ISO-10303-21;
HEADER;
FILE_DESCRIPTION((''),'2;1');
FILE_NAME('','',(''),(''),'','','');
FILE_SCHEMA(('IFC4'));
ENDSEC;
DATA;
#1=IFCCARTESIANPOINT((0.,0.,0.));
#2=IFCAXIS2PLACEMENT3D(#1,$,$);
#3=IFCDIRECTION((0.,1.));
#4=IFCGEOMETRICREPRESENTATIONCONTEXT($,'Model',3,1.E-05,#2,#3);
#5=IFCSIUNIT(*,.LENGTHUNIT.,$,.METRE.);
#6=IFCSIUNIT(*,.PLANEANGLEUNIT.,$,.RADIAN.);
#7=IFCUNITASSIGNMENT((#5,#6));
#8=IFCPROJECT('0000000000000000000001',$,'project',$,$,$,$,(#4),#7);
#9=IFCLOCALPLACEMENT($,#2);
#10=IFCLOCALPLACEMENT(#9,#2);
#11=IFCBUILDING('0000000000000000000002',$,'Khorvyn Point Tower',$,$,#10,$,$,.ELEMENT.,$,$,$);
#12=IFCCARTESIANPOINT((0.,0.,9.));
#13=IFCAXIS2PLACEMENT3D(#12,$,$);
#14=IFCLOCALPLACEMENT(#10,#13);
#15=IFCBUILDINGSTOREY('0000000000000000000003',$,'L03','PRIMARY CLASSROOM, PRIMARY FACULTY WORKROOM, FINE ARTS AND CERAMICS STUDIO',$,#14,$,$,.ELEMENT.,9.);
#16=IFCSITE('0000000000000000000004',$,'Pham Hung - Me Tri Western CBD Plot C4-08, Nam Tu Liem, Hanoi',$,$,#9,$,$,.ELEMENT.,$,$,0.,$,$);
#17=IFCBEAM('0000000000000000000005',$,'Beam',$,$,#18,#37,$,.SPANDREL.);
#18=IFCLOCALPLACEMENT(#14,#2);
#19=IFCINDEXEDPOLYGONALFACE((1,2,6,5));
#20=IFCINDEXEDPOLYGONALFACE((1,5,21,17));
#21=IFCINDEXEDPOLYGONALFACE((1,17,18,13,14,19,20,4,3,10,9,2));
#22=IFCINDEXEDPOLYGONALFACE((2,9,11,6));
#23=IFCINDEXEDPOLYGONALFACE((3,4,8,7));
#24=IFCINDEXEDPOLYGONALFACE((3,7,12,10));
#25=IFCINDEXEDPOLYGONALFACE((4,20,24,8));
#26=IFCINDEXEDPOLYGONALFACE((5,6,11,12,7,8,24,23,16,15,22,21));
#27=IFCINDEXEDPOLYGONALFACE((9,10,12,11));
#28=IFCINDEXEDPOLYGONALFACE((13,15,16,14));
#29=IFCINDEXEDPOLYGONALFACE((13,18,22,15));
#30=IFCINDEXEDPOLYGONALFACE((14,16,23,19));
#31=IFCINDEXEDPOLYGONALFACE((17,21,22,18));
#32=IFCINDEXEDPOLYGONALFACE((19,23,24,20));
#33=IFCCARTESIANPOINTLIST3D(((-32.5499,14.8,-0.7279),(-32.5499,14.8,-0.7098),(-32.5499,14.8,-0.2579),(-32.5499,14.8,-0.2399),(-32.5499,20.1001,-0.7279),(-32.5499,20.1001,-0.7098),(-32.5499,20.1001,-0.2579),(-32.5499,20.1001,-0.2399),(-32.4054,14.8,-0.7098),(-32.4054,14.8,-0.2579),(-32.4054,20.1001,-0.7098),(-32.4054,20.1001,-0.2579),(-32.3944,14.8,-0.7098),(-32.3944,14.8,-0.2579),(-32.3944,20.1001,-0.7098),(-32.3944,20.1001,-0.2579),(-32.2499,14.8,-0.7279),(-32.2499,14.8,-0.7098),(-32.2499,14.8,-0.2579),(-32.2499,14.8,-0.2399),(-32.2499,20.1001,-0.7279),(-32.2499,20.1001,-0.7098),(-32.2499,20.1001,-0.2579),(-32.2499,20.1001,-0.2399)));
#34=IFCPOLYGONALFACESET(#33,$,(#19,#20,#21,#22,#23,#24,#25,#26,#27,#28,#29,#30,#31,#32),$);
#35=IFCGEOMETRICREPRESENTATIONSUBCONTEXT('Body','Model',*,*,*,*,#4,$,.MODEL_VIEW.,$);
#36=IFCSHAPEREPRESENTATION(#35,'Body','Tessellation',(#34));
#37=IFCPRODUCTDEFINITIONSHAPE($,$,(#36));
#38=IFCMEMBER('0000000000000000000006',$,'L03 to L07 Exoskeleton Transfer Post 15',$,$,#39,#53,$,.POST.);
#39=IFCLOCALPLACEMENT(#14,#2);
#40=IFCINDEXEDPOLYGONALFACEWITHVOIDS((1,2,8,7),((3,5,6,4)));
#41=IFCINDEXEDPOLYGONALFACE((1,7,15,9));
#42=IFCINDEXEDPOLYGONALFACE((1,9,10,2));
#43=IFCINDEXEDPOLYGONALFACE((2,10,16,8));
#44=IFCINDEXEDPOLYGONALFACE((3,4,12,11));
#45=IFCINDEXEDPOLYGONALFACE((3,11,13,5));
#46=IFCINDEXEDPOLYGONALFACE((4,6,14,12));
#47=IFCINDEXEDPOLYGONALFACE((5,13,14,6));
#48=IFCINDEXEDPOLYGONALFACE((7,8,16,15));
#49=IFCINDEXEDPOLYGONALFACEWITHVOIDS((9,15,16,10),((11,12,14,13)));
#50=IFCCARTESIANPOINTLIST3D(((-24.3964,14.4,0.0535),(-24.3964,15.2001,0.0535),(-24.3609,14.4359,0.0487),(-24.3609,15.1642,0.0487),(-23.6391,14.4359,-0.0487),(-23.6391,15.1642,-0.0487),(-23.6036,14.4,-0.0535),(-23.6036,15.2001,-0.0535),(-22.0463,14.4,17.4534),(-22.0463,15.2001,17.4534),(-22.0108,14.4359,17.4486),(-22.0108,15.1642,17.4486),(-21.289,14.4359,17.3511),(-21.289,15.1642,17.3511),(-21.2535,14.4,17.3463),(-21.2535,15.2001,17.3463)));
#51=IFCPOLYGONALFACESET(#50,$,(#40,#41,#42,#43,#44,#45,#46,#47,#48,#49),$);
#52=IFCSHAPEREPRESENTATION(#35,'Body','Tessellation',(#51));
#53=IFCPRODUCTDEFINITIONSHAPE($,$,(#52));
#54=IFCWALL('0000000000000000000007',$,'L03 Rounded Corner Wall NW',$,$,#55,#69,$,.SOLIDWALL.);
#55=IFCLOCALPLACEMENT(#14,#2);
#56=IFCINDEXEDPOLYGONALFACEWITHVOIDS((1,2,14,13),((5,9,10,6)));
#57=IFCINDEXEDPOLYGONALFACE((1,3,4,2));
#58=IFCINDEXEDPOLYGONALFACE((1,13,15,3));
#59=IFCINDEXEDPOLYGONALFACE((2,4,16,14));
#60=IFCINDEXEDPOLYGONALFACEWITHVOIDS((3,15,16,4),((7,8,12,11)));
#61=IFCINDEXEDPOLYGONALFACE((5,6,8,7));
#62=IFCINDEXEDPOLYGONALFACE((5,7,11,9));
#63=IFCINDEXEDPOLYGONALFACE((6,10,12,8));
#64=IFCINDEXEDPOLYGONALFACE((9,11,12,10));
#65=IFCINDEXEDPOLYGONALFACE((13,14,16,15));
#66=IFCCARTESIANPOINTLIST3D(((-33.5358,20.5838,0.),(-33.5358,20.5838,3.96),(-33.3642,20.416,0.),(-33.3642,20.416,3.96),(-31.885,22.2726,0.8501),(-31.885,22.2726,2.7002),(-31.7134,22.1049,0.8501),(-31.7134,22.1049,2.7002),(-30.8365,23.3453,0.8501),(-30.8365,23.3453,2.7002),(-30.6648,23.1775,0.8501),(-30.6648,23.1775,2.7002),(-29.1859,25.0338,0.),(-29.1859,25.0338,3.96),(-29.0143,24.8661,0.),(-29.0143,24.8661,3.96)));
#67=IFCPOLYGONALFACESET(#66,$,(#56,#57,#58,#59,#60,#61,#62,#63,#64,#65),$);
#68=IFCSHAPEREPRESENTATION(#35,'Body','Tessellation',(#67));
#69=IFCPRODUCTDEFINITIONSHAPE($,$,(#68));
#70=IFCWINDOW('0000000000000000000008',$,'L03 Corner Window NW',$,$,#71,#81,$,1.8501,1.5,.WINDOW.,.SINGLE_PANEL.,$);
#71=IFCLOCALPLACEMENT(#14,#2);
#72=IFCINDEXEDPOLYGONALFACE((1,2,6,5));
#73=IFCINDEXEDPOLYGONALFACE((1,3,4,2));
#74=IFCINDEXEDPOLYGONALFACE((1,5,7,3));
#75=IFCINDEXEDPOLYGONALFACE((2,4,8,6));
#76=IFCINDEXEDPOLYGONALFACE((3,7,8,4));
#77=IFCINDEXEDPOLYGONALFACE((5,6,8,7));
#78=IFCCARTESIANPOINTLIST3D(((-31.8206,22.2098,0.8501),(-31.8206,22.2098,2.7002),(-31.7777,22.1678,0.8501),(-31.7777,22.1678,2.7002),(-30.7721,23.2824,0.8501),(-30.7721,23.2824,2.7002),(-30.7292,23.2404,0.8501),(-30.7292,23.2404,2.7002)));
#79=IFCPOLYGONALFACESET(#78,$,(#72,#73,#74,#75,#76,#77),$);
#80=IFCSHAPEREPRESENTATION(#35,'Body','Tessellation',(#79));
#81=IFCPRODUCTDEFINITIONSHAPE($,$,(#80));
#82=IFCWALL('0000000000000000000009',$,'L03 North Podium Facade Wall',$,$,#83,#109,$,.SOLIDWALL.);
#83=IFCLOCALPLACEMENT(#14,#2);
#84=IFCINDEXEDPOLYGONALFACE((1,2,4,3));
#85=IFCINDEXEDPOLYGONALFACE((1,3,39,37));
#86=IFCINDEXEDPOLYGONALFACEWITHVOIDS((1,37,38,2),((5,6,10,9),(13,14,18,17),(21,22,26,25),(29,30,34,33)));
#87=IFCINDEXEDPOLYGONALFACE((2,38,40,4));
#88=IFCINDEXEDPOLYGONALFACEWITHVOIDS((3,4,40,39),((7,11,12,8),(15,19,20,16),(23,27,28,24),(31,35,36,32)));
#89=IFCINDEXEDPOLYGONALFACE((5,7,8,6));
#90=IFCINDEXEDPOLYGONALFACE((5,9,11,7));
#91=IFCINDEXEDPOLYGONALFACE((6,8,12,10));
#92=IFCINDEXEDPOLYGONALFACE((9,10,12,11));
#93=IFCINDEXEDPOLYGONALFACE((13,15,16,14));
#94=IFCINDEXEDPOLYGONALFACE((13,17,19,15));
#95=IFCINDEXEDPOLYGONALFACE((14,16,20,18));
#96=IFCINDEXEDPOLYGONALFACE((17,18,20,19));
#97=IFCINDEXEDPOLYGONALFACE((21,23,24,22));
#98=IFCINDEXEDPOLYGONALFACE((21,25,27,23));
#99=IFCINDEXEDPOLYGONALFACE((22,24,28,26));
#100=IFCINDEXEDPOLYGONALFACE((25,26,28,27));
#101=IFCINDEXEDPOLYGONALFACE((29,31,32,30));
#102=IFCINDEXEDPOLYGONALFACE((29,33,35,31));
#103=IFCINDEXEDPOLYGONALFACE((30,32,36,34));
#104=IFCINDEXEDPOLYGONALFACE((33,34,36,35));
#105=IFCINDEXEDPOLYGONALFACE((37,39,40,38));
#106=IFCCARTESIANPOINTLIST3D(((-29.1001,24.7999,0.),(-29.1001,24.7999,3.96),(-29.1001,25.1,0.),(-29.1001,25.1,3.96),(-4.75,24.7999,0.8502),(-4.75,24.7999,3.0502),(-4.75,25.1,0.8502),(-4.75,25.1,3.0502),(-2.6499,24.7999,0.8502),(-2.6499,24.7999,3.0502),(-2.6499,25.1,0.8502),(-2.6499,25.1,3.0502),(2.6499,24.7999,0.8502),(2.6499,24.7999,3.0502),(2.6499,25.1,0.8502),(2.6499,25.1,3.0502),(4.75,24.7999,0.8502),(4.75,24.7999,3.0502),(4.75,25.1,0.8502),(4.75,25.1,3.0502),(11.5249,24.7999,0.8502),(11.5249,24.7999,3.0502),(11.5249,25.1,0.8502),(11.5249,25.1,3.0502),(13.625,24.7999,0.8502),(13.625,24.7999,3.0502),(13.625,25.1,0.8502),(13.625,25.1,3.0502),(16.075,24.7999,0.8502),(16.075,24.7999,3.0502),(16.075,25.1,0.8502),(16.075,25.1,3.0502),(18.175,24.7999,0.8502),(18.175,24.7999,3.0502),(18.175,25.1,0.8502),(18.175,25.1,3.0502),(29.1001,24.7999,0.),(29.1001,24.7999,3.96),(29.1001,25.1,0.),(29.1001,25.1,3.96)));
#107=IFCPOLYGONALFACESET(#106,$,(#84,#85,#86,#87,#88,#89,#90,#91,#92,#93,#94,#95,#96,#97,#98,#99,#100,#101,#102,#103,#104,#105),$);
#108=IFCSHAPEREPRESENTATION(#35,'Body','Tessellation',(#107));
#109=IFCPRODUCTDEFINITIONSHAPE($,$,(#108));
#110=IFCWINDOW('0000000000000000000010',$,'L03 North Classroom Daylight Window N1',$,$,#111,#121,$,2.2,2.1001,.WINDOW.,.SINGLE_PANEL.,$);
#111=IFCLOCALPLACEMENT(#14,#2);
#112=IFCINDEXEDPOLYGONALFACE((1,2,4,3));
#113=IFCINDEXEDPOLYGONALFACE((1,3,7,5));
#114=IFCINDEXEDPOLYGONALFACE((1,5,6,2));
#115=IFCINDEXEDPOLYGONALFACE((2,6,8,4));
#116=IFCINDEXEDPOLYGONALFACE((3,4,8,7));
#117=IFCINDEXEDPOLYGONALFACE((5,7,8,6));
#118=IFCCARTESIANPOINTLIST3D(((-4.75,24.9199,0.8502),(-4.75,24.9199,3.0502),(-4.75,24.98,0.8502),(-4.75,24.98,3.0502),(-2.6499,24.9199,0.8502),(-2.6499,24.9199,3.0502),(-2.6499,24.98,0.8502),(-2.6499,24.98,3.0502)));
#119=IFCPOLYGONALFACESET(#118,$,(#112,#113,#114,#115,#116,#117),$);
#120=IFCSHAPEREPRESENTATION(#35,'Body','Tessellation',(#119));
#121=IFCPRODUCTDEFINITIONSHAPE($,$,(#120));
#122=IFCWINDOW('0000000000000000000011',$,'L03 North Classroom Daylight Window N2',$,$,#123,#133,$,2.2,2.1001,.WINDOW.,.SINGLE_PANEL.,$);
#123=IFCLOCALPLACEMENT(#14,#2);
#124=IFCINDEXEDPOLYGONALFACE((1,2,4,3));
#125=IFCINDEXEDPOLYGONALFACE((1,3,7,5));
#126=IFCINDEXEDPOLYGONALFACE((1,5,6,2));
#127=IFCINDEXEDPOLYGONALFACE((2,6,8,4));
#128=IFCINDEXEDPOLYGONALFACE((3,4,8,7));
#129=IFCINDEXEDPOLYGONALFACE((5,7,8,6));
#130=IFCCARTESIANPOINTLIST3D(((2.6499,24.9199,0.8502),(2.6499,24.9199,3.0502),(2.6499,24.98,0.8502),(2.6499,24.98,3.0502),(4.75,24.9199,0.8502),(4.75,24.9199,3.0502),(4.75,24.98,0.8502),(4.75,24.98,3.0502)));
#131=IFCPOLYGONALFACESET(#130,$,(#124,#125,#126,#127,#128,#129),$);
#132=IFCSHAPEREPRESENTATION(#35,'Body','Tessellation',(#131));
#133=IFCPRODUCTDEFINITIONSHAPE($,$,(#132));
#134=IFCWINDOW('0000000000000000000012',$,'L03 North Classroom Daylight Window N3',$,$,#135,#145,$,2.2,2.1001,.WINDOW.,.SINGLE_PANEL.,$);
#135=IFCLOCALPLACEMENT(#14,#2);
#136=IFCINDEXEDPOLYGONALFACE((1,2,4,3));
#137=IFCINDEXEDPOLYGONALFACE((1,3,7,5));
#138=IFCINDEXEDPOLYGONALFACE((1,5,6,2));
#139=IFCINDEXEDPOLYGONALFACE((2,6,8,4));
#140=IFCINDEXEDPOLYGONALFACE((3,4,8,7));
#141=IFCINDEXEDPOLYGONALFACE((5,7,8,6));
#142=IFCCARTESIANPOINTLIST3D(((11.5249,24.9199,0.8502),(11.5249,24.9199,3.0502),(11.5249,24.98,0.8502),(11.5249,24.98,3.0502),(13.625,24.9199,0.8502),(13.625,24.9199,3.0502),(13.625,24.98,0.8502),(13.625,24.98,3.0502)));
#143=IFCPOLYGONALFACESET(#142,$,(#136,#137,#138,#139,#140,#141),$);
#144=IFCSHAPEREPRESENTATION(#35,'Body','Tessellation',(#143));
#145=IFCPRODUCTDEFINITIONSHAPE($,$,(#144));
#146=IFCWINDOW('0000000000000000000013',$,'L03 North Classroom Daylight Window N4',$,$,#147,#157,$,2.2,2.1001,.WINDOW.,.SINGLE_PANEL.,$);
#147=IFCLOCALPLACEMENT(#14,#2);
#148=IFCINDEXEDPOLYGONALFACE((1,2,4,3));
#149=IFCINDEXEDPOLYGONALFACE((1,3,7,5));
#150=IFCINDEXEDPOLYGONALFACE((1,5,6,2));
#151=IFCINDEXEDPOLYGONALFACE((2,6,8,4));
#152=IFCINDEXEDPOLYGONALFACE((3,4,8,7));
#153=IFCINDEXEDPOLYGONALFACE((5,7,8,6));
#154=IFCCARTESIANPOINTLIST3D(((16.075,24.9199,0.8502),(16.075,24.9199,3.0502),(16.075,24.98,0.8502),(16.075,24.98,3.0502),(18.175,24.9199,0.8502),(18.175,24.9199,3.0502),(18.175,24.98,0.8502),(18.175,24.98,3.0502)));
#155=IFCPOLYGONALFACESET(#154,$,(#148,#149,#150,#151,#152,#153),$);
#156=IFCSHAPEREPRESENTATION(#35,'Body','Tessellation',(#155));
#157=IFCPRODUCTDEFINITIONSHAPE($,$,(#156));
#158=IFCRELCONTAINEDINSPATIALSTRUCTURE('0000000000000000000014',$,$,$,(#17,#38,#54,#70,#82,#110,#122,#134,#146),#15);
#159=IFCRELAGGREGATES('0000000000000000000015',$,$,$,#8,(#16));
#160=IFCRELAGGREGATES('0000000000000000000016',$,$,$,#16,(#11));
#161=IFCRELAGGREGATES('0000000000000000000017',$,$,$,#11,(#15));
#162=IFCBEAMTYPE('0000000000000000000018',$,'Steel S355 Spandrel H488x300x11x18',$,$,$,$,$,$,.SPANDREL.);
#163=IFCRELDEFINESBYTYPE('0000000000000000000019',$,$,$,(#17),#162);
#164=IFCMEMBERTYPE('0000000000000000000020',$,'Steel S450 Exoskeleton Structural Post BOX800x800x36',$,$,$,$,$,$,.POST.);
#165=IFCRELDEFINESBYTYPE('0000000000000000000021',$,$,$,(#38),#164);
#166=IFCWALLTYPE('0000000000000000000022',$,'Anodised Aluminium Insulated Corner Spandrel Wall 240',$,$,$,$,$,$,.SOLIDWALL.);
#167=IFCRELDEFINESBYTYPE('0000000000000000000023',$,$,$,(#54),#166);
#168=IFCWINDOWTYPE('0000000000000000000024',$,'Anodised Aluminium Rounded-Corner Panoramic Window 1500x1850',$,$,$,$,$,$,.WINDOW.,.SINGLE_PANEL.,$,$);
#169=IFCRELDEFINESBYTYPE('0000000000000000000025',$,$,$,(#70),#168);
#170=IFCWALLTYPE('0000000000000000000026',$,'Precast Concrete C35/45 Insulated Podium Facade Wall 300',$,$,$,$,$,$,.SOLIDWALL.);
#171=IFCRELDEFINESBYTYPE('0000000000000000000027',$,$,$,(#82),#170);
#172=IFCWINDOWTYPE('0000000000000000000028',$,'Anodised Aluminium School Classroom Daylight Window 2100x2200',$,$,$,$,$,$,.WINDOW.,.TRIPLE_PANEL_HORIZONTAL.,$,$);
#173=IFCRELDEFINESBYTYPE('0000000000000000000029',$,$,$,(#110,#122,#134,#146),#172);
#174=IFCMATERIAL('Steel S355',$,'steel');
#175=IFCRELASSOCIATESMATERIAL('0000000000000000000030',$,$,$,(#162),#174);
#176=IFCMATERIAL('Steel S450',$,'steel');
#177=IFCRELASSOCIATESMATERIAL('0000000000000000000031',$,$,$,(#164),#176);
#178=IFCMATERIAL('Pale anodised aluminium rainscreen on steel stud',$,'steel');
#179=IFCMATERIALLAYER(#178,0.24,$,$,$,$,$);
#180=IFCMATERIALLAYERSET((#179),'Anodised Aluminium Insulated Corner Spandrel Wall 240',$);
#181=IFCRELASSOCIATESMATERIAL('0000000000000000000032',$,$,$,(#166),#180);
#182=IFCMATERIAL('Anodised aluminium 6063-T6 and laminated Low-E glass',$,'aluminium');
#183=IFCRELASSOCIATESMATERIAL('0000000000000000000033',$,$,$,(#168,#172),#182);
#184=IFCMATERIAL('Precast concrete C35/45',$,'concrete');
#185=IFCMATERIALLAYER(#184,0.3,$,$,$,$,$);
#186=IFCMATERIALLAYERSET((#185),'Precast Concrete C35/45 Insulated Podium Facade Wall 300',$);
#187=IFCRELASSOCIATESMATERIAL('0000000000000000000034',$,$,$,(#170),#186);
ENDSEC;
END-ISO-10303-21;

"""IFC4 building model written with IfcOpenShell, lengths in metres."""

from ifc_helpers import new_model, si_unit, direction, frame, frame_2d, origin, origin_2d, place, context, subcontext, project, spatial, rectangle, hollow_rectangle, i_section, extrude, material, layer, layer_set, material_profile, profile_set, type_object, element, fill, save


model = new_model("IFC4")

# Units and contexts
model_context = context("Model", 3, precision=1e-05, world=origin(), true_north=direction((0.0, 1.0)))
body_context = subcontext(model_context, "Body", "Model", "MODEL_VIEW")
ifc_project = project(units=[si_unit("LENGTHUNIT", "METRE"), si_unit("PLANEANGLEUNIT", "RADIAN")], contexts=[model_context])

# Site, building, storey
site_placement = place(None, origin())
site = spatial("IfcSite", under=ifc_project, at=site_placement, Name="Pham Hung - Me Tri Western CBD Plot C4-08, Nam Tu Liem, Hanoi", CompositionType="ELEMENT", RefElevation=0.0)
building_placement = place(site_placement, origin())
building = spatial("IfcBuilding", under=site, at=building_placement, Name="Khorvyn Point Tower", CompositionType="ELEMENT")
storey_placement = place(building_placement, frame((0.0, 0.0, 9.0)))
storey = spatial("IfcBuildingStorey", under=building, at=storey_placement, Name="L03", Description="PRIMARY CLASSROOM, PRIMARY FACULTY WORKROOM, FINE ARTS AND CERAMICS STUDIO", CompositionType="ELEMENT", Elevation=9.0)

# Beam
ifc_material_1 = material(Name="Steel S355", Category="steel")
ifc_material_profile_1 = material_profile(ifc_material_1, i_section(OverallWidth=0.3, OverallDepth=0.488, WebThickness=0.011, FlangeThickness=0.0181, at=origin_2d()))
ifc_profile_set_1 = profile_set([ifc_material_profile_1], Name="Steel S355 H488x300x11x18")
beam_type_1 = type_object("IfcBeamType", Name="Steel S355 Spandrel H488x300x11x18", PredefinedType="SPANDREL", material=ifc_profile_set_1)
beam_1_placement = place(storey_placement, frame((-32.3999, 14.8, -0.4839), z_axis=(0.0, 1.0, 0.0), x_axis=(-1.0, 0.0, 0.0)))
element("IfcBeam", 1, at=beam_1_placement, inside=storey, type_object=beam_type_1, Name="Beam", PredefinedType="SPANDREL", context=body_context, shape_type="SweptSolid", body=[
    extrude(i_section(OverallWidth=0.3, OverallDepth=0.488, WebThickness=0.011, FlangeThickness=0.0181, at=origin_2d()), origin(), (0.0, 0.0, 1.0), 5.3),
])

# Member
ifc_material_2 = material(Name="Steel S450", Category="steel")
ifc_material_profile_2 = material_profile(ifc_material_2, hollow_rectangle(XDim=0.8, YDim=0.8, WallThickness=0.0359, at=origin_2d()))
ifc_profile_set_2 = profile_set([ifc_material_profile_2], Name="Steel S450 BOX800x800x36")
member_type = type_object("IfcMemberType", Name="Steel S450 Exoskeleton Structural Post BOX800x800x36", PredefinedType="POST", material=ifc_profile_set_2)
member_placement = place(storey_placement, frame((-24.0, 14.8, 0.0), z_axis=(0.133849, 0.0, 0.991002), x_axis=(0.0, 1.0, 0.0)))
element("IfcMember", 2, at=member_placement, inside=storey, type_object=member_type, Name="L03 to L07 Exoskeleton Transfer Post 15", PredefinedType="POST", context=body_context, shape_type="SweptSolid", body=[
    extrude(hollow_rectangle(XDim=0.8, YDim=0.8, WallThickness=0.0359, at=origin_2d()), origin(), (0.0, 0.0, 1.0), 17.5579),
])

# Wall, opening, window
ifc_material_3 = material(Name="Pale anodised aluminium rainscreen on steel stud", Category="steel")
ifc_layer_1 = layer(ifc_material_3, 0.24)
ifc_layer_set_1 = layer_set([ifc_layer_1], Name="Anodised Aluminium Insulated Corner Spandrel Wall 240")
wall_type_1 = type_object("IfcWallType", Name="Anodised Aluminium Insulated Corner Spandrel Wall 240", PredefinedType="SOLIDWALL", material=ifc_layer_set_1)
wall_1_placement = place(storey_placement, frame((-33.45, 20.5, 0.0), z_axis=(0.0, 0.0, 1.0), x_axis=(0.699018, 0.715104, 0.0)))
wall_1 = element("IfcWall", 3, at=wall_1_placement, inside=storey, type_object=wall_type_1, Name="L03 Rounded Corner Wall NW", PredefinedType="SOLIDWALL", context=body_context, shape_type="SweptSolid", body=[
    extrude(rectangle(XDim=6.2229, YDim=0.24, at=frame_2d((3.1113, 0.0))), origin(), (0.0, 0.0, 1.0), 3.96),
])
opening_1_placement = place(wall_1_placement, frame((2.3616, 0.0, 0.8501)))
opening_1 = element("IfcOpeningElement", 4, at=opening_1_placement, cuts=wall_1, PredefinedType="OPENING", context=body_context, shape_type="SweptSolid", body=[
    extrude(rectangle(XDim=1.5, YDim=1.8501, at=frame_2d((0.75, 0.925))), frame((0.0, 0.1299, 0.0), z_axis=(0.0, -1.0, 0.0), x_axis=(1.0, 0.0, 0.0)), (0.0, 0.0, 1.0), 0.26),
])
ifc_material_4 = material(Name="Anodised aluminium 6063-T6 and laminated Low-E glass", Category="aluminium")
window_type_1 = type_object("IfcWindowType", Name="Anodised Aluminium Rounded-Corner Panoramic Window 1500x1850", PartitioningType="SINGLE_PANEL", PredefinedType="WINDOW", material=ifc_material_4)
window_1_placement = place(opening_1_placement, origin())
window_1 = element("IfcWindow", 5, at=window_1_placement, inside=storey, type_object=window_type_1, Name="L03 Corner Window NW", OverallHeight=1.8501, OverallWidth=1.5, PartitioningType="SINGLE_PANEL", PredefinedType="WINDOW", context=body_context, shape_type="SweptSolid", body=[
    extrude(rectangle(XDim=1.5, YDim=1.8501, at=frame_2d((0.75, 0.925))), frame((0.0, 0.03, 0.0), z_axis=(0.0, -1.0, 0.0), x_axis=(1.0, 0.0, 0.0)), (0.0, 0.0, 1.0), 0.0601),
])
fill(opening_1, window_1)

# Wall, openings, windows
ifc_material_5 = material(Name="Precast concrete C35/45", Category="concrete")
ifc_layer_2 = layer(ifc_material_5, 0.3)
ifc_layer_set_2 = layer_set([ifc_layer_2], Name="Precast Concrete C35/45 Insulated Podium Facade Wall 300")
wall_type_2 = type_object("IfcWallType", Name="Precast Concrete C35/45 Insulated Podium Facade Wall 300", PredefinedType="SOLIDWALL", material=ifc_layer_set_2)
wall_2_placement = place(storey_placement, frame((-29.1001, 24.95, 0.0), z_axis=(0.0, 0.0, 1.0), x_axis=(1.0, 0.0, 0.0)))
wall_2 = element("IfcWall", 6, at=wall_2_placement, inside=storey, type_object=wall_type_2, Name="L03 North Podium Facade Wall", PredefinedType="SOLIDWALL", context=body_context, shape_type="SweptSolid", body=[
    extrude(rectangle(XDim=58.2002, YDim=0.3, at=frame_2d((29.1001, 0.0))), origin(), (0.0, 0.0, 1.0), 3.96),
])
opening_2_placement = place(wall_2_placement, frame((24.3501, 0.0, 0.8501)))
opening_2 = element("IfcOpeningElement", 7, at=opening_2_placement, cuts=wall_2, PredefinedType="OPENING", context=body_context, shape_type="SweptSolid", body=[
    extrude(rectangle(XDim=2.1001, YDim=2.2, at=frame_2d((1.05, 1.1001))), frame((0.0, 0.1599, 0.0), z_axis=(0.0, -1.0, 0.0), x_axis=(1.0, 0.0, 0.0)), (0.0, 0.0, 1.0), 0.3201),
])
opening_3_placement = place(wall_2_placement, frame((31.75, 0.0, 0.8501)))
opening_3 = element("IfcOpeningElement", 8, at=opening_3_placement, cuts=wall_2, PredefinedType="OPENING", context=body_context, shape_type="SweptSolid", body=[
    extrude(rectangle(XDim=2.1001, YDim=2.2, at=frame_2d((1.05, 1.1001))), frame((0.0, 0.1599, 0.0), z_axis=(0.0, -1.0, 0.0), x_axis=(1.0, 0.0, 0.0)), (0.0, 0.0, 1.0), 0.3201),
])
opening_4_placement = place(wall_2_placement, frame((40.625, 0.0, 0.8501)))
opening_4 = element("IfcOpeningElement", 9, at=opening_4_placement, cuts=wall_2, PredefinedType="OPENING", context=body_context, shape_type="SweptSolid", body=[
    extrude(rectangle(XDim=2.1001, YDim=2.2, at=frame_2d((1.05, 1.1001))), frame((0.0, 0.1599, 0.0), z_axis=(0.0, -1.0, 0.0), x_axis=(1.0, 0.0, 0.0)), (0.0, 0.0, 1.0), 0.3201),
])
opening_5_placement = place(wall_2_placement, frame((45.175, 0.0, 0.8501)))
opening_5 = element("IfcOpeningElement", 10, at=opening_5_placement, cuts=wall_2, PredefinedType="OPENING", context=body_context, shape_type="SweptSolid", body=[
    extrude(rectangle(XDim=2.1001, YDim=2.2, at=frame_2d((1.05, 1.1001))), frame((0.0, 0.1599, 0.0), z_axis=(0.0, -1.0, 0.0), x_axis=(1.0, 0.0, 0.0)), (0.0, 0.0, 1.0), 0.3201),
])
window_type_2 = type_object("IfcWindowType", Name="Anodised Aluminium School Classroom Daylight Window 2100x2200", PartitioningType="TRIPLE_PANEL_HORIZONTAL", PredefinedType="WINDOW", material=ifc_material_4)
window_2_placement = place(opening_2_placement, origin())
window_2 = element("IfcWindow", 11, at=window_2_placement, inside=storey, type_object=window_type_2, Name="L03 North Classroom Daylight Window N1", OverallHeight=2.2, OverallWidth=2.1001, PartitioningType="SINGLE_PANEL", PredefinedType="WINDOW", context=body_context, shape_type="SweptSolid", body=[
    extrude(rectangle(XDim=2.1001, YDim=2.2, at=frame_2d((1.05, 1.1001))), frame((0.0, 0.03, 0.0), z_axis=(0.0, -1.0, 0.0), x_axis=(1.0, 0.0, 0.0)), (0.0, 0.0, 1.0), 0.0601),
])
fill(opening_2, window_2)
window_3_placement = place(opening_3_placement, origin())
window_3 = element("IfcWindow", 12, at=window_3_placement, inside=storey, type_object=window_type_2, Name="L03 North Classroom Daylight Window N2", OverallHeight=2.2, OverallWidth=2.1001, PartitioningType="SINGLE_PANEL", PredefinedType="WINDOW", context=body_context, shape_type="SweptSolid", body=[
    extrude(rectangle(XDim=2.1001, YDim=2.2, at=frame_2d((1.05, 1.1001))), frame((0.0, 0.03, 0.0), z_axis=(0.0, -1.0, 0.0), x_axis=(1.0, 0.0, 0.0)), (0.0, 0.0, 1.0), 0.0601),
])
fill(opening_3, window_3)
window_4_placement = place(opening_4_placement, origin())
window_4 = element("IfcWindow", 13, at=window_4_placement, inside=storey, type_object=window_type_2, Name="L03 North Classroom Daylight Window N3", OverallHeight=2.2, OverallWidth=2.1001, PartitioningType="SINGLE_PANEL", PredefinedType="WINDOW", context=body_context, shape_type="SweptSolid", body=[
    extrude(rectangle(XDim=2.1001, YDim=2.2, at=frame_2d((1.05, 1.1001))), frame((0.0, 0.03, 0.0), z_axis=(0.0, -1.0, 0.0), x_axis=(1.0, 0.0, 0.0)), (0.0, 0.0, 1.0), 0.0601),
])
fill(opening_4, window_4)
window_5_placement = place(opening_5_placement, origin())
window_5 = element("IfcWindow", 14, at=window_5_placement, inside=storey, type_object=window_type_2, Name="L03 North Classroom Daylight Window N4", OverallHeight=2.2, OverallWidth=2.1001, PartitioningType="SINGLE_PANEL", PredefinedType="WINDOW", context=body_context, shape_type="SweptSolid", body=[
    extrude(rectangle(XDim=2.1001, YDim=2.2, at=frame_2d((1.05, 1.1001))), frame((0.0, 0.03, 0.0), z_axis=(0.0, -1.0, 0.0), x_axis=(1.0, 0.0, 0.0)), (0.0, 0.0, 1.0), 0.0601),
])
fill(opening_5, window_5)

save(model, "model.ifc")
